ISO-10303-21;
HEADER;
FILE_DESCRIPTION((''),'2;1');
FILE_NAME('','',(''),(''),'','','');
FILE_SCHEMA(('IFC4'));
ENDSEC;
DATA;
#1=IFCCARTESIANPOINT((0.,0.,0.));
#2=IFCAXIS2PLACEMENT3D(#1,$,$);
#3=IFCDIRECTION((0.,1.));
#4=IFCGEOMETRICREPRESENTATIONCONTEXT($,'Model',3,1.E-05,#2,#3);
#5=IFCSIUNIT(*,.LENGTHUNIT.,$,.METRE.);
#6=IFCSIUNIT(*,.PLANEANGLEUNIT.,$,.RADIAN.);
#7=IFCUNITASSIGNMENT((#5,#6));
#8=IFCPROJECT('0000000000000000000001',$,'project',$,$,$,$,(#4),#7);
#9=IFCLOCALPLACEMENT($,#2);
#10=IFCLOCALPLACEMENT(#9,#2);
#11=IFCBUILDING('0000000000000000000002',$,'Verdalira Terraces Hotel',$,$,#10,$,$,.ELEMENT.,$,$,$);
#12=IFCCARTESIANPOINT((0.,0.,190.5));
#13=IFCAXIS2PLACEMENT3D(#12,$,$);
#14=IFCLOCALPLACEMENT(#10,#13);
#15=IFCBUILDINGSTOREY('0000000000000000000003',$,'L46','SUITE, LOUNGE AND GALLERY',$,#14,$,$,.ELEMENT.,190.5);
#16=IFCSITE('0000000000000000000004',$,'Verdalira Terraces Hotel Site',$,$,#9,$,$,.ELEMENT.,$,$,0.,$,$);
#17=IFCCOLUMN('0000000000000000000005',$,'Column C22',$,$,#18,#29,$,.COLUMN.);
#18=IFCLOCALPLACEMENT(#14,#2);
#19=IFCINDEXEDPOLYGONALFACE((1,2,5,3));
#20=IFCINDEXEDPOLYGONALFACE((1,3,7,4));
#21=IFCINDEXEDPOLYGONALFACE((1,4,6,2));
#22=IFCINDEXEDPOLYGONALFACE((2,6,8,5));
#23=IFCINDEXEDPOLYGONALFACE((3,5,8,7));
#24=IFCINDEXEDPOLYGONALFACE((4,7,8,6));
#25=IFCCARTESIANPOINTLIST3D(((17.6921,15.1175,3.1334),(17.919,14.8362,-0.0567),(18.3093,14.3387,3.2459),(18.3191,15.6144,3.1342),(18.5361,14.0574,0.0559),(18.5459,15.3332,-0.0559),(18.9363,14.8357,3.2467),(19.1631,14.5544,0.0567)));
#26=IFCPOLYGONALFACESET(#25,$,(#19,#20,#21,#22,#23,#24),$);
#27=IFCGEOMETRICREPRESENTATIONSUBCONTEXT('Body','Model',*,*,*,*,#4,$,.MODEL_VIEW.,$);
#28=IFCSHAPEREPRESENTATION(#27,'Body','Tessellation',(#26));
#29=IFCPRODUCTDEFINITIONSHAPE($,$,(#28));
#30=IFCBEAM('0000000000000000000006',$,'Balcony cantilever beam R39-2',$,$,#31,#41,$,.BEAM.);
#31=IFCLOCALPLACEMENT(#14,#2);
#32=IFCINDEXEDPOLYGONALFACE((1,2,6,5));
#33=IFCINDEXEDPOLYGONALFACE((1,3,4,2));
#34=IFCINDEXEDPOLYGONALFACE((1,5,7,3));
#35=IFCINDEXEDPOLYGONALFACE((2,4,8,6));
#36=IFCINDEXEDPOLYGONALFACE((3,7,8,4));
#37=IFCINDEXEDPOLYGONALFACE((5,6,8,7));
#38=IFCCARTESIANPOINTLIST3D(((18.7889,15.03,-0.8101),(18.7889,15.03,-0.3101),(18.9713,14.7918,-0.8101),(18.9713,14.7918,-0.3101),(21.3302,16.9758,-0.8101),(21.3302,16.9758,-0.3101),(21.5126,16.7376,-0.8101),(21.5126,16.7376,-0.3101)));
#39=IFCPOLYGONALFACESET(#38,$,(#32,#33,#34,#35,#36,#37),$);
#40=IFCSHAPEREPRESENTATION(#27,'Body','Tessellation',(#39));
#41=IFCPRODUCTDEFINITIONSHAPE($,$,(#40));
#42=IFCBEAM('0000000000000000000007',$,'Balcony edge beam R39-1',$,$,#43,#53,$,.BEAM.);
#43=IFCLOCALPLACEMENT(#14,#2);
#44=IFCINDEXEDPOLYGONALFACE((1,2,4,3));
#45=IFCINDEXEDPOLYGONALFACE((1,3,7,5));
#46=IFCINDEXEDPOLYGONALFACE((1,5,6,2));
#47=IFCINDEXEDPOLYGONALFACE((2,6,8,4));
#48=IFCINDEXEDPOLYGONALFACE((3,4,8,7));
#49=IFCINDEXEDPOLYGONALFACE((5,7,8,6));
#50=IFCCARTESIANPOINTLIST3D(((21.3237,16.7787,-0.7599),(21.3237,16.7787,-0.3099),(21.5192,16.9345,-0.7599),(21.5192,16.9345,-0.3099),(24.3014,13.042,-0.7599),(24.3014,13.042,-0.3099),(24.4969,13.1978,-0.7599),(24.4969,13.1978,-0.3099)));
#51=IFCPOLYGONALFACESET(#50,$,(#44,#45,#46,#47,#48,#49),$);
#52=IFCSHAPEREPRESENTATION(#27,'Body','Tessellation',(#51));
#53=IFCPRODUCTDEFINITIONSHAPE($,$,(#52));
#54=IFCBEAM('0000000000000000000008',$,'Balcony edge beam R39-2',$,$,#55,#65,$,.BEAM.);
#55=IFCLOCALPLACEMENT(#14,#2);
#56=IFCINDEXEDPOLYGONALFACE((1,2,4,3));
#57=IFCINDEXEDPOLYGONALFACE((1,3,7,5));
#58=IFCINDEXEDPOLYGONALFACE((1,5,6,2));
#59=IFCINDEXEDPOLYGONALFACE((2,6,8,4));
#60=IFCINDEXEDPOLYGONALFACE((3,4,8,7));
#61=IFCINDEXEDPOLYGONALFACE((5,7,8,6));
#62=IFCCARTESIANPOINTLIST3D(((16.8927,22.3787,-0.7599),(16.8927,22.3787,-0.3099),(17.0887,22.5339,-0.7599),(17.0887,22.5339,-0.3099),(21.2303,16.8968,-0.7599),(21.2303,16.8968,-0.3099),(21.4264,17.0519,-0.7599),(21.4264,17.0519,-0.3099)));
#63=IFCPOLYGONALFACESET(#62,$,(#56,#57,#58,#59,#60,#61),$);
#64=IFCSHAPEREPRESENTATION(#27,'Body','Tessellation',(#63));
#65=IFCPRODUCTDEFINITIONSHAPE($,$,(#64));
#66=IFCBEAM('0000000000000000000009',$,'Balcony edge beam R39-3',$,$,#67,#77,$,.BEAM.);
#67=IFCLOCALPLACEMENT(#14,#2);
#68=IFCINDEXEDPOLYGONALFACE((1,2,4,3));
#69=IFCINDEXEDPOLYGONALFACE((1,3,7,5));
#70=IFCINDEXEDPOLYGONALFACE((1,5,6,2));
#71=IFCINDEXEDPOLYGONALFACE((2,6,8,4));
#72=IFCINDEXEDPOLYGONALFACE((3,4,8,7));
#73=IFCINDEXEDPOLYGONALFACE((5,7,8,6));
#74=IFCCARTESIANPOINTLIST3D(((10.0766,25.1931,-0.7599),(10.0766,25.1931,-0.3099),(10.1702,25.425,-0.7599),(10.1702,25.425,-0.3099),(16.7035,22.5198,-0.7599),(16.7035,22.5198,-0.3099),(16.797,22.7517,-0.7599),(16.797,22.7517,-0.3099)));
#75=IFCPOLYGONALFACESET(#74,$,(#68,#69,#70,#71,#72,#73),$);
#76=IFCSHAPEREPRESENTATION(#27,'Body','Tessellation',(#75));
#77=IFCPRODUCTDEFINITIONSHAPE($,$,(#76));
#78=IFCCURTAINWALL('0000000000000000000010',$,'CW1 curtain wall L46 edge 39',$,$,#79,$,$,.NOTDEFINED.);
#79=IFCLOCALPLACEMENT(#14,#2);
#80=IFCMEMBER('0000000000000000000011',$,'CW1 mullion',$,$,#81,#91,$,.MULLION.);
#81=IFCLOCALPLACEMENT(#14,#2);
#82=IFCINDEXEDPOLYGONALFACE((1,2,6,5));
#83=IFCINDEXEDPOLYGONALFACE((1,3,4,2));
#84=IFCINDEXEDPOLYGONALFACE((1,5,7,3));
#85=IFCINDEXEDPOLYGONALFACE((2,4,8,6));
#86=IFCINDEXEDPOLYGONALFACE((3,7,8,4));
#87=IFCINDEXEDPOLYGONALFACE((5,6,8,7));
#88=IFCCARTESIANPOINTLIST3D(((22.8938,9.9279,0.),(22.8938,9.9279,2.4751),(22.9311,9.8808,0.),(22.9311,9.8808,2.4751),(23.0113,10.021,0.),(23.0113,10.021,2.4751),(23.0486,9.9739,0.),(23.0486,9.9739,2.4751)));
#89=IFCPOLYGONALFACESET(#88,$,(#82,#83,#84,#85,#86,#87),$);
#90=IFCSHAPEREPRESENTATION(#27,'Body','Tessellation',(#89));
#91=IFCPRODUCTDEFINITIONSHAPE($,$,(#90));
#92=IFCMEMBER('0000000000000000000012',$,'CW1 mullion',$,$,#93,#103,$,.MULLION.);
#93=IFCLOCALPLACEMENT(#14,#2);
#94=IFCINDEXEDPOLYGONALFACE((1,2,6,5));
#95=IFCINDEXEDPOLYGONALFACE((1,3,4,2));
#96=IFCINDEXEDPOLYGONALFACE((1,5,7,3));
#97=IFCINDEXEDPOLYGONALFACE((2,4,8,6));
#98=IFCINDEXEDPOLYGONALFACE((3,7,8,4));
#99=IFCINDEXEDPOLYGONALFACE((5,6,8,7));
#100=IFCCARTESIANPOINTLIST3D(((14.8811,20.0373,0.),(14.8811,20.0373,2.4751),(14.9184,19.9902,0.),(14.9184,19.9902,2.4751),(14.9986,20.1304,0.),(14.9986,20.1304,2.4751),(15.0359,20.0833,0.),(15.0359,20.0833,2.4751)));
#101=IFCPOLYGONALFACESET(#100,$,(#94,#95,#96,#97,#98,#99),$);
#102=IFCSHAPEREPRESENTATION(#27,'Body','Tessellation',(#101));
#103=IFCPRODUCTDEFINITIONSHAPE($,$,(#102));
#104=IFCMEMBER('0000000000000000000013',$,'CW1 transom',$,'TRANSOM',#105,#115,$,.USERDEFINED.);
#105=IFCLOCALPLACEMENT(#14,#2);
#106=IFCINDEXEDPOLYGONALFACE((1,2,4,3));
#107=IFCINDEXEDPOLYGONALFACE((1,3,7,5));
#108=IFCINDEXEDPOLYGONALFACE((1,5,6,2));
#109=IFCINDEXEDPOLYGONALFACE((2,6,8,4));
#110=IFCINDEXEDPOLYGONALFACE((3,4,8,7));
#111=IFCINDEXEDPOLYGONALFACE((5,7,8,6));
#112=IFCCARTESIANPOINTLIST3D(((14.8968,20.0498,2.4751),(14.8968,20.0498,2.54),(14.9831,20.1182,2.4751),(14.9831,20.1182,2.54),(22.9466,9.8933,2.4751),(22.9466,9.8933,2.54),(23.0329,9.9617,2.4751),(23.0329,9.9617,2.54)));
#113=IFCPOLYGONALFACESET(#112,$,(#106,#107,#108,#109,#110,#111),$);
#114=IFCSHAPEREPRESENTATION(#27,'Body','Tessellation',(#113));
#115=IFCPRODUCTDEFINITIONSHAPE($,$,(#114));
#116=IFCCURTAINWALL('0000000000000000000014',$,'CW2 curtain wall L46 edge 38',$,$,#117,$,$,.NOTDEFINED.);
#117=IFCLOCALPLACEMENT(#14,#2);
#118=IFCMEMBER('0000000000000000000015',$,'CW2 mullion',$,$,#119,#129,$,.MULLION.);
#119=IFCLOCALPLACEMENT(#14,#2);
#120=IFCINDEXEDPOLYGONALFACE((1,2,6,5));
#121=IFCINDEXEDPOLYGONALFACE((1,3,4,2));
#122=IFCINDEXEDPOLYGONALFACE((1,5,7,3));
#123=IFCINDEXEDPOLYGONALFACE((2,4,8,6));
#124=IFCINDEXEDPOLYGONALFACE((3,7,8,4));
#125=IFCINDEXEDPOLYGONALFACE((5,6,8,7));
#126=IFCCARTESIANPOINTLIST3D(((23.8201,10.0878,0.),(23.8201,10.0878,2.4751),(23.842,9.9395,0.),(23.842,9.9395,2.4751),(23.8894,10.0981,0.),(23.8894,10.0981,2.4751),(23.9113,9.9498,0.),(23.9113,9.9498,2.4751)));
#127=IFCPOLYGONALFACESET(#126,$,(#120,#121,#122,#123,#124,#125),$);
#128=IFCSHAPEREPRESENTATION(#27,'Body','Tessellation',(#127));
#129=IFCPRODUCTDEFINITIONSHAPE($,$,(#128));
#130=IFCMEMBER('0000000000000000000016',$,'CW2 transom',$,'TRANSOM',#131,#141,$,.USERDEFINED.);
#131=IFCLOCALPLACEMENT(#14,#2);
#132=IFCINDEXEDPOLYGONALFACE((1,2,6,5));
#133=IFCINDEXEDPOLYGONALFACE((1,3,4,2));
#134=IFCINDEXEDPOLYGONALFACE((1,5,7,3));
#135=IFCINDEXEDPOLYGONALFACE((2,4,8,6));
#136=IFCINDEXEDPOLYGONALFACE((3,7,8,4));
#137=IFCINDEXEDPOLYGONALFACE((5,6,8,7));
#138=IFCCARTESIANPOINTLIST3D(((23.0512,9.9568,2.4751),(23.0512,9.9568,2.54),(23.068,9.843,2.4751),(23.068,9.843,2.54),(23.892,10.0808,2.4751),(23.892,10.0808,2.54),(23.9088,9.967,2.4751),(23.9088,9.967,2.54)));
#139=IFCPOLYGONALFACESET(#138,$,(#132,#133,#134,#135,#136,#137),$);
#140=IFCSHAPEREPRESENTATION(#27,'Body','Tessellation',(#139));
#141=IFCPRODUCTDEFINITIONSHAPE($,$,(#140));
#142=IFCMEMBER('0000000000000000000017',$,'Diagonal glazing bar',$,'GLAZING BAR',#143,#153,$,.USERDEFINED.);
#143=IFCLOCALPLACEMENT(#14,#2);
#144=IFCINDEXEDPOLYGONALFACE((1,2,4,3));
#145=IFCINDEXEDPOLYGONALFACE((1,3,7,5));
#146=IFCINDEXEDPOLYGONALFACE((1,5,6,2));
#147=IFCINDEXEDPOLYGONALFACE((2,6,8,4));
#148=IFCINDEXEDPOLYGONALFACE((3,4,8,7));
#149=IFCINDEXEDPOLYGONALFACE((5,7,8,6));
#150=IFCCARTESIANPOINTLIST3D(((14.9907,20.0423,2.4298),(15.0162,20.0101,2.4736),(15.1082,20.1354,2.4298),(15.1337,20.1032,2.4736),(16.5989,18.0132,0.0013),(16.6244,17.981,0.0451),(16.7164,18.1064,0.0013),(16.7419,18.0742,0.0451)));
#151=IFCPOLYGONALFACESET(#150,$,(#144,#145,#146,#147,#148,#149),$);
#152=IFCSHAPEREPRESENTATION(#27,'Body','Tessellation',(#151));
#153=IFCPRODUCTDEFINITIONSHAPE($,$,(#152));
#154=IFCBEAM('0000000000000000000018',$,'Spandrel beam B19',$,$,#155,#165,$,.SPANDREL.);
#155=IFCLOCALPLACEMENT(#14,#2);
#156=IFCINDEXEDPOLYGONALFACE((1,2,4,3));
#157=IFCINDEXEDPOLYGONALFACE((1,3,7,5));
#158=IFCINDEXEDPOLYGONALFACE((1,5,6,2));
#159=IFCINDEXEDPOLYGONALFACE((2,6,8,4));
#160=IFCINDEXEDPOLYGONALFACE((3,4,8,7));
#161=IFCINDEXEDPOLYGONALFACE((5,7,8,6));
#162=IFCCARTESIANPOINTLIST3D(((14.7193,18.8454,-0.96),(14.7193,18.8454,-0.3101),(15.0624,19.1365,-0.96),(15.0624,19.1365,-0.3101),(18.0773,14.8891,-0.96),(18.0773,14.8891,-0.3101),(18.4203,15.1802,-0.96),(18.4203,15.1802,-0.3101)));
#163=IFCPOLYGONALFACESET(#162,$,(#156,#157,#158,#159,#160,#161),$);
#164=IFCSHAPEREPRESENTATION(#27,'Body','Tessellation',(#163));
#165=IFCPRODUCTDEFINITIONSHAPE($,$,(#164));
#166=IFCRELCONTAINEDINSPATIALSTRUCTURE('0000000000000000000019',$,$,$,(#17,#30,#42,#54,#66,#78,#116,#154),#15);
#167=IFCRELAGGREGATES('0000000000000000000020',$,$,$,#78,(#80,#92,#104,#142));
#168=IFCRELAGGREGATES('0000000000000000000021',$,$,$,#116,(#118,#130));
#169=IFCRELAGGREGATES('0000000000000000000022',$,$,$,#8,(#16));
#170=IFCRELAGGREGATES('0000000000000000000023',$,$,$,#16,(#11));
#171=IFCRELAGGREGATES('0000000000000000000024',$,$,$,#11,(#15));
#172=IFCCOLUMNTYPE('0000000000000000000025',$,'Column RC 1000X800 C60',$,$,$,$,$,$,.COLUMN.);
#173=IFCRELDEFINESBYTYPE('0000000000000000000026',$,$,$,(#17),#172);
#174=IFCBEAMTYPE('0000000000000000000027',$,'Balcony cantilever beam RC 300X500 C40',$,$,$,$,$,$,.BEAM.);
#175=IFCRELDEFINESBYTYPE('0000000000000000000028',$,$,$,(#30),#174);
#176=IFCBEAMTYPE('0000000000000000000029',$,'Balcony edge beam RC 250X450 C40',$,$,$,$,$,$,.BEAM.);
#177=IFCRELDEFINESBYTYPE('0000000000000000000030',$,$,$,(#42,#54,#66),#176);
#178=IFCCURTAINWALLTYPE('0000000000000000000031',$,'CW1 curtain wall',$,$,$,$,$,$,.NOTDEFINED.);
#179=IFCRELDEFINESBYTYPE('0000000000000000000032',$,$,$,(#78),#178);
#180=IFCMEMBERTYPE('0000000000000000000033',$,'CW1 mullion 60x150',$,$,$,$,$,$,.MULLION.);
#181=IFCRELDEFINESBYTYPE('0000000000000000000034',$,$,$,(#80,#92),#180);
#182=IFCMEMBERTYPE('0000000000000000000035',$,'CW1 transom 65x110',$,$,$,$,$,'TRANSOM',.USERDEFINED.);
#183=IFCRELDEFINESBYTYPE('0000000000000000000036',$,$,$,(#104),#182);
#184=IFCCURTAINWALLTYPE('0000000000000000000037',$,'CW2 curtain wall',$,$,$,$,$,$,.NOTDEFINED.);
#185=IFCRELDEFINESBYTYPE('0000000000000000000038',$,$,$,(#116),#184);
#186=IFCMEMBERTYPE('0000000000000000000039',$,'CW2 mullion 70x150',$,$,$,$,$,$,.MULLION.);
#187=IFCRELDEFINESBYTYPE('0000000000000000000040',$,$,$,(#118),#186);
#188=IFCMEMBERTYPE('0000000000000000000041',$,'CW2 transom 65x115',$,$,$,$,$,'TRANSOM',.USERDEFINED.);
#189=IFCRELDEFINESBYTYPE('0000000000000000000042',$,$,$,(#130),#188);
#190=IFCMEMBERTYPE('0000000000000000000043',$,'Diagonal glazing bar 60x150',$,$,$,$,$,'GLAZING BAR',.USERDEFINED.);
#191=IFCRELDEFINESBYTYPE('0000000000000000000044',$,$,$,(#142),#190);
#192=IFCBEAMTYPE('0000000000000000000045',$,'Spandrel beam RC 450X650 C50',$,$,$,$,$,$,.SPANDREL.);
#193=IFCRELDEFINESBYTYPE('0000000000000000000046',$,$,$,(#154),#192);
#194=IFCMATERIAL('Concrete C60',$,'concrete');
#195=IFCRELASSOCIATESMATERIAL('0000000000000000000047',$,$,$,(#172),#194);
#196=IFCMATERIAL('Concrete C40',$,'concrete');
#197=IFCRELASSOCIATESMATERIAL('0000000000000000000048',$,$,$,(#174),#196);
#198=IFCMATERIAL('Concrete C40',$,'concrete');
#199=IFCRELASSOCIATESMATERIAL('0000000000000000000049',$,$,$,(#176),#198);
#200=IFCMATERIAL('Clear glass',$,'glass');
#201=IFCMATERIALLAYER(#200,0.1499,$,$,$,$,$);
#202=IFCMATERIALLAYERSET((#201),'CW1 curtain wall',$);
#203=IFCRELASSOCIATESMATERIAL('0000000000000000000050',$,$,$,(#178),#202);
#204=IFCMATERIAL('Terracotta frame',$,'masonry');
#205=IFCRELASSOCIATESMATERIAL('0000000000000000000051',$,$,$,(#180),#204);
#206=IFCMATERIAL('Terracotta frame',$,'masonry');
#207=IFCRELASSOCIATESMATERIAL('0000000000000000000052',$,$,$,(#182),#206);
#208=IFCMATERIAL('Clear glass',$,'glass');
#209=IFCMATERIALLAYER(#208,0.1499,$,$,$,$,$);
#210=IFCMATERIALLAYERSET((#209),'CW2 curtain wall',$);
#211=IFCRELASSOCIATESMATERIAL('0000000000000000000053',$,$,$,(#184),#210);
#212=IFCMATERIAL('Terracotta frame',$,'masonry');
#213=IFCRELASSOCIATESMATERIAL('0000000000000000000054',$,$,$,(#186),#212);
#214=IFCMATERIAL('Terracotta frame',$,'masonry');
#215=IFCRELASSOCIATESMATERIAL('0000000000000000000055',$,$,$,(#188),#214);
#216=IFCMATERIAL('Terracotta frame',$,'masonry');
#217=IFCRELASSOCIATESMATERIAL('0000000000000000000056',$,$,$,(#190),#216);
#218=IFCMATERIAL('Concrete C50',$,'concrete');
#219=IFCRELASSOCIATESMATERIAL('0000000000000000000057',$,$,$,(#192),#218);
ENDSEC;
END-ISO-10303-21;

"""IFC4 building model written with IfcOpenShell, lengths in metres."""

from ifc_helpers import new_model, si_unit, direction, frame, origin, origin_2d, place, context, subcontext, project, spatial, rectangle, extrude, material, layer, layer_set, material_profile, profile_set, type_object, element, aggregate, save


model = new_model("IFC4")

# Units and contexts
model_context = context("Model", 3, precision=1e-05, world=origin(), true_north=direction((0.0, 1.0)))
body_context = subcontext(model_context, "Body", "Model", "MODEL_VIEW")
ifc_project = project(units=[si_unit("LENGTHUNIT", "METRE"), si_unit("PLANEANGLEUNIT", "RADIAN")], contexts=[model_context])

# Site, building, storey
site_placement = place(None, origin())
site = spatial("IfcSite", under=ifc_project, at=site_placement, Name="Verdalira Terraces Hotel Site", CompositionType="ELEMENT", RefElevation=0.0)
building_placement = place(site_placement, origin())
building = spatial("IfcBuilding", under=site, at=building_placement, Name="Verdalira Terraces Hotel", CompositionType="ELEMENT")
storey_placement = place(building_placement, frame((0.0, 0.0, 190.5)))
storey = spatial("IfcBuildingStorey", under=building, at=storey_placement, Name="L46", Description="SUITE, LOUNGE AND GALLERY", CompositionType="ELEMENT", Elevation=190.5)

# Column
ifc_material_1 = material(Name="Concrete C60", Category="concrete")
ifc_material_profile_1 = material_profile(ifc_material_1, rectangle(XDim=1.0, YDim=0.8, at=origin_2d()), Name="RC 1000X800")
ifc_profile_set_1 = profile_set([ifc_material_profile_1], Name="Concrete C60")
column_type = type_object("IfcColumnType", Name="Column RC 1000X800 C60", PredefinedType="COLUMN", material=ifc_profile_set_1)
column_placement = place(storey_placement, frame((18.541, 14.6953, 0.0), z_axis=(-0.070649, 0.087608, 0.993647), x_axis=(-0.617165, 0.778743, -0.112541)))
element("IfcColumn", 1, at=column_placement, inside=storey, type_object=column_type, Name="Column C22", PredefinedType="COLUMN", context=body_context, shape_type="SweptSolid", body=[
    extrude(rectangle(XDim=1.0, YDim=0.8, at=origin_2d()), origin(), (0.0, 0.0, 1.0), 3.2104),
])

# Beams
ifc_material_2 = material(Name="Concrete C40", Category="concrete")
ifc_material_profile_2 = material_profile(ifc_material_2, rectangle(XDim=0.3, YDim=0.5, at=origin_2d()), Name="RC 300X500")
ifc_profile_set_2 = profile_set([ifc_material_profile_2], Name="Concrete C40")
beam_type_1 = type_object("IfcBeamType", Name="Balcony cantilever beam RC 300X500 C40", PredefinedType="BEAM", material=ifc_profile_set_2)
beam_1_placement = place(storey_placement, frame((18.8801, 14.9109, -0.5601), z_axis=(0.793983, 0.60794, 0.0), x_axis=(-0.60794, 0.793983, 0.0)))
element("IfcBeam", 2, at=beam_1_placement, inside=storey, type_object=beam_type_1, Name="Balcony cantilever beam R39-2", PredefinedType="BEAM", context=body_context, shape_type="SweptSolid", body=[
    extrude(rectangle(XDim=0.3, YDim=0.5, at=origin_2d()), origin(), (0.0, 0.0, 1.0), 3.2007),
])
ifc_material_3 = material(Name="Concrete C40", Category="concrete")
ifc_material_profile_3 = material_profile(ifc_material_3, rectangle(XDim=0.25, YDim=0.45, at=origin_2d()), Name="RC 250X450")
ifc_profile_set_3 = profile_set([ifc_material_profile_3], Name="Concrete C40")
beam_type_2 = type_object("IfcBeamType", Name="Balcony edge beam RC 250X450 C40", PredefinedType="BEAM", material=ifc_profile_set_3)
beam_2_placement = place(storey_placement, frame((24.3992, 13.1199, -0.5349), z_axis=(-0.623205, 0.782059, 0.0), x_axis=(-0.782059, -0.623205, 0.0)))
element("IfcBeam", 3, at=beam_2_placement, inside=storey, type_object=beam_type_2, Name="Balcony edge beam R39-1", PredefinedType="BEAM", context=body_context, shape_type="SweptSolid", body=[
    extrude(rectangle(XDim=0.25, YDim=0.45, at=origin_2d()), origin(), (0.0, 0.0, 1.0), 4.7781),
])
beam_3_placement = place(storey_placement, frame((21.3284, 16.9744, -0.5349), z_axis=(-0.620508, 0.7842, 0.0), x_axis=(-0.7842, -0.620508, 0.0)))
element("IfcBeam", 4, at=beam_3_placement, inside=storey, type_object=beam_type_2, Name="Balcony edge beam R39-2", PredefinedType="BEAM", context=body_context, shape_type="SweptSolid", body=[
    extrude(rectangle(XDim=0.25, YDim=0.45, at=origin_2d()), origin(), (0.0, 0.0, 1.0), 6.9905),
])
beam_4_placement = place(storey_placement, frame((16.7502, 22.6357, -0.5349), z_axis=(-0.927384, 0.374111, 0.0), x_axis=(-0.374111, -0.927384, 0.0)))
element("IfcBeam", 5, at=beam_4_placement, inside=storey, type_object=beam_type_2, Name="Balcony edge beam R39-3", PredefinedType="BEAM", context=body_context, shape_type="SweptSolid", body=[
    extrude(rectangle(XDim=0.25, YDim=0.45, at=origin_2d()), origin(), (0.0, 0.0, 1.0), 7.1458),
])

# Curtain walls, members
ifc_material_4 = material(Name="Clear glass", Category="glass")
ifc_layer_1 = layer(ifc_material_4, 0.1499)
ifc_layer_set_1 = layer_set([ifc_layer_1], Name="CW1 curtain wall")
curtain_wall_type_1 = type_object("IfcCurtainWallType", Name="CW1 curtain wall", PredefinedType="NOTDEFINED", material=ifc_layer_set_1)
curtain_wall_1_placement = place(storey_placement, origin())
curtain_wall_1 = element("IfcCurtainWall", 6, at=curtain_wall_1_placement, inside=storey, type_object=curtain_wall_type_1, Name="CW1 curtain wall L46 edge 39", PredefinedType="NOTDEFINED")
ifc_material_5 = material(Name="Terracotta frame", Category="masonry")
ifc_material_profile_4 = material_profile(ifc_material_5, rectangle(XDim=0.0601, YDim=0.1499, at=origin_2d()), Name="MU 60x150")
ifc_profile_set_4 = profile_set([ifc_material_profile_4], Name="Terracotta frame")
member_type_1 = type_object("IfcMemberType", Name="CW1 mullion 60x150", PredefinedType="MULLION", material=ifc_profile_set_4)
member_1_placement = place(storey_placement, frame((22.9712, 9.9509, 0.0), z_axis=(0.0, 0.0, 1.0), x_axis=(-0.621148, 0.783693, 0.0)))
member_1 = element("IfcMember", 7, at=member_1_placement, type_object=member_type_1, Name="CW1 mullion", PredefinedType="MULLION", context=body_context, shape_type="SweptSolid", body=[
    extrude(rectangle(XDim=0.0601, YDim=0.1499, at=origin_2d()), origin(), (0.0, 0.0, 1.0), 2.4751),
])
member_2_placement = place(storey_placement, frame((14.9585, 20.0603, 0.0), z_axis=(0.0, 0.0, 1.0), x_axis=(-0.621148, 0.783693, 0.0)))
member_2 = element("IfcMember", 8, at=member_2_placement, type_object=member_type_1, Name="CW1 mullion", PredefinedType="MULLION", context=body_context, shape_type="SweptSolid", body=[
    extrude(rectangle(XDim=0.0601, YDim=0.1499, at=origin_2d()), origin(), (0.0, 0.0, 1.0), 2.4751),
])
ifc_material_6 = material(Name="Terracotta frame", Category="masonry")
ifc_material_profile_5 = material_profile(ifc_material_6, rectangle(XDim=0.1101, YDim=0.0649, at=origin_2d()), Name="TR 65x110")
ifc_profile_set_5 = profile_set([ifc_material_profile_5], Name="Terracotta frame")
member_type_2 = type_object("IfcMemberType", Name="CW1 transom 65x110", ElementType="TRANSOM", PredefinedType="USERDEFINED", material=ifc_profile_set_5)
member_3_placement = place(storey_placement, frame((22.9897, 9.9275, 2.5076), z_axis=(-0.621141, 0.783698, 0.0), x_axis=(-0.783698, -0.621141, 0.0)))
member_3 = element("IfcMember", 9, at=member_3_placement, type_object=member_type_2, Name="CW1 transom", ObjectType="TRANSOM", PredefinedType="USERDEFINED", context=body_context, shape_type="SweptSolid", body=[
    extrude(rectangle(XDim=0.1101, YDim=0.0649, at=origin_2d()), origin(), (0.0, 0.0, 1.0), 12.9597),
])
ifc_material_7 = material(Name="Clear glass", Category="glass")
ifc_layer_2 = layer(ifc_material_7, 0.1499)
ifc_layer_set_2 = layer_set([ifc_layer_2], Name="CW2 curtain wall")
curtain_wall_type_2 = type_object("IfcCurtainWallType", Name="CW2 curtain wall", PredefinedType="NOTDEFINED", material=ifc_layer_set_2)
curtain_wall_2_placement = place(storey_placement, origin())
curtain_wall_2 = element("IfcCurtainWall", 10, at=curtain_wall_2_placement, inside=storey, type_object=curtain_wall_type_2, Name="CW2 curtain wall L46 edge 38", PredefinedType="NOTDEFINED")
ifc_material_8 = material(Name="Terracotta frame", Category="masonry")
ifc_material_profile_6 = material_profile(ifc_material_8, rectangle(XDim=0.0701, YDim=0.1499, at=origin_2d()), Name="MU 70x150")
ifc_profile_set_6 = profile_set([ifc_material_profile_6], Name="Terracotta frame")
member_type_3 = type_object("IfcMemberType", Name="CW2 mullion 70x150", PredefinedType="MULLION", material=ifc_profile_set_6)
member_4_placement = place(storey_placement, frame((23.8657, 10.0188, 0.0), z_axis=(0.0, 0.0, 1.0), x_axis=(-0.989272, -0.146083, 0.0)))
member_4 = element("IfcMember", 11, at=member_4_placement, type_object=member_type_3, Name="CW2 mullion", PredefinedType="MULLION", context=body_context, shape_type="SweptSolid", body=[
    extrude(rectangle(XDim=0.0701, YDim=0.1499, at=origin_2d()), origin(), (0.0, 0.0, 1.0), 2.4751),
])
ifc_material_9 = material(Name="Terracotta frame", Category="masonry")
ifc_material_profile_7 = material_profile(ifc_material_9, rectangle(XDim=0.115, YDim=0.0649, at=origin_2d()), Name="TR 65x115")
ifc_profile_set_7 = profile_set([ifc_material_profile_7], Name="Terracotta frame")
member_type_4 = type_object("IfcMemberType", Name="CW2 transom 65x115", ElementType="TRANSOM", PredefinedType="USERDEFINED", material=ifc_profile_set_7)
member_5_placement = place(storey_placement, frame((23.9004, 10.0239, 2.5076), z_axis=(-0.989296, -0.145924, 0.0), x_axis=(0.145924, -0.989296, 0.0)))
member_5 = element("IfcMember", 12, at=member_5_placement, type_object=member_type_4, Name="CW2 transom", ObjectType="TRANSOM", PredefinedType="USERDEFINED", context=body_context, shape_type="SweptSolid", body=[
    extrude(rectangle(XDim=0.115, YDim=0.0649, at=origin_2d()), origin(), (0.0, 0.0, 1.0), 0.8499),
])

# Member
ifc_material_10 = material(Name="Terracotta frame", Category="masonry")
ifc_material_profile_8 = material_profile(ifc_material_10, rectangle(XDim=0.1499, YDim=0.0601, at=origin_2d()), Name="GB 60x150")
ifc_profile_set_8 = profile_set([ifc_material_profile_8], Name="Terracotta frame")
member_type_5 = type_object("IfcMemberType", Name="Diagonal glazing bar 60x150", ElementType="GLAZING BAR", PredefinedType="USERDEFINED", material=ifc_profile_set_8)
member_6_placement = place(storey_placement, frame((16.6704, 18.0437, 0.0232), z_axis=(-0.453034, 0.571606, 0.684125), x_axis=(-0.783703, -0.621135, 0.0)))
member_6 = element("IfcMember", 13, at=member_6_placement, type_object=member_type_5, Name="Diagonal glazing bar", ObjectType="GLAZING BAR", PredefinedType="USERDEFINED", context=body_context, shape_type="SweptSolid", body=[
    extrude(rectangle(XDim=0.1499, YDim=0.0601, at=origin_2d()), origin(), (0.0, 0.0, 1.0), 3.5498),
])

# Beam
ifc_material_11 = material(Name="Concrete C50", Category="concrete")
ifc_material_profile_9 = material_profile(ifc_material_11, rectangle(XDim=0.45, YDim=0.6499, at=origin_2d()), Name="RC 450X650")
ifc_profile_set_9 = profile_set([ifc_material_profile_9], Name="Concrete C50")
beam_type_3 = type_object("IfcBeamType", Name="Spandrel beam RC 450X650 C50", PredefinedType="SPANDREL", material=ifc_profile_set_9)
beam_5_placement = place(storey_placement, frame((18.2488, 15.0347, -0.635), z_axis=(-0.647095, 0.762409, 0.0), x_axis=(-0.762409, -0.647095, 0.0)))
element("IfcBeam", 14, at=beam_5_placement, inside=storey, type_object=beam_type_3, Name="Spandrel beam B19", PredefinedType="SPANDREL", context=body_context, shape_type="SweptSolid", body=[
    extrude(rectangle(XDim=0.45, YDim=0.6499, at=origin_2d()), origin(), (0.0, 0.0, 1.0), 5.1892),
])

aggregate(curtain_wall_1, [member_1, member_2, member_3, member_6])
aggregate(curtain_wall_2, [member_4, member_5])

save(model, "model.ifc")
